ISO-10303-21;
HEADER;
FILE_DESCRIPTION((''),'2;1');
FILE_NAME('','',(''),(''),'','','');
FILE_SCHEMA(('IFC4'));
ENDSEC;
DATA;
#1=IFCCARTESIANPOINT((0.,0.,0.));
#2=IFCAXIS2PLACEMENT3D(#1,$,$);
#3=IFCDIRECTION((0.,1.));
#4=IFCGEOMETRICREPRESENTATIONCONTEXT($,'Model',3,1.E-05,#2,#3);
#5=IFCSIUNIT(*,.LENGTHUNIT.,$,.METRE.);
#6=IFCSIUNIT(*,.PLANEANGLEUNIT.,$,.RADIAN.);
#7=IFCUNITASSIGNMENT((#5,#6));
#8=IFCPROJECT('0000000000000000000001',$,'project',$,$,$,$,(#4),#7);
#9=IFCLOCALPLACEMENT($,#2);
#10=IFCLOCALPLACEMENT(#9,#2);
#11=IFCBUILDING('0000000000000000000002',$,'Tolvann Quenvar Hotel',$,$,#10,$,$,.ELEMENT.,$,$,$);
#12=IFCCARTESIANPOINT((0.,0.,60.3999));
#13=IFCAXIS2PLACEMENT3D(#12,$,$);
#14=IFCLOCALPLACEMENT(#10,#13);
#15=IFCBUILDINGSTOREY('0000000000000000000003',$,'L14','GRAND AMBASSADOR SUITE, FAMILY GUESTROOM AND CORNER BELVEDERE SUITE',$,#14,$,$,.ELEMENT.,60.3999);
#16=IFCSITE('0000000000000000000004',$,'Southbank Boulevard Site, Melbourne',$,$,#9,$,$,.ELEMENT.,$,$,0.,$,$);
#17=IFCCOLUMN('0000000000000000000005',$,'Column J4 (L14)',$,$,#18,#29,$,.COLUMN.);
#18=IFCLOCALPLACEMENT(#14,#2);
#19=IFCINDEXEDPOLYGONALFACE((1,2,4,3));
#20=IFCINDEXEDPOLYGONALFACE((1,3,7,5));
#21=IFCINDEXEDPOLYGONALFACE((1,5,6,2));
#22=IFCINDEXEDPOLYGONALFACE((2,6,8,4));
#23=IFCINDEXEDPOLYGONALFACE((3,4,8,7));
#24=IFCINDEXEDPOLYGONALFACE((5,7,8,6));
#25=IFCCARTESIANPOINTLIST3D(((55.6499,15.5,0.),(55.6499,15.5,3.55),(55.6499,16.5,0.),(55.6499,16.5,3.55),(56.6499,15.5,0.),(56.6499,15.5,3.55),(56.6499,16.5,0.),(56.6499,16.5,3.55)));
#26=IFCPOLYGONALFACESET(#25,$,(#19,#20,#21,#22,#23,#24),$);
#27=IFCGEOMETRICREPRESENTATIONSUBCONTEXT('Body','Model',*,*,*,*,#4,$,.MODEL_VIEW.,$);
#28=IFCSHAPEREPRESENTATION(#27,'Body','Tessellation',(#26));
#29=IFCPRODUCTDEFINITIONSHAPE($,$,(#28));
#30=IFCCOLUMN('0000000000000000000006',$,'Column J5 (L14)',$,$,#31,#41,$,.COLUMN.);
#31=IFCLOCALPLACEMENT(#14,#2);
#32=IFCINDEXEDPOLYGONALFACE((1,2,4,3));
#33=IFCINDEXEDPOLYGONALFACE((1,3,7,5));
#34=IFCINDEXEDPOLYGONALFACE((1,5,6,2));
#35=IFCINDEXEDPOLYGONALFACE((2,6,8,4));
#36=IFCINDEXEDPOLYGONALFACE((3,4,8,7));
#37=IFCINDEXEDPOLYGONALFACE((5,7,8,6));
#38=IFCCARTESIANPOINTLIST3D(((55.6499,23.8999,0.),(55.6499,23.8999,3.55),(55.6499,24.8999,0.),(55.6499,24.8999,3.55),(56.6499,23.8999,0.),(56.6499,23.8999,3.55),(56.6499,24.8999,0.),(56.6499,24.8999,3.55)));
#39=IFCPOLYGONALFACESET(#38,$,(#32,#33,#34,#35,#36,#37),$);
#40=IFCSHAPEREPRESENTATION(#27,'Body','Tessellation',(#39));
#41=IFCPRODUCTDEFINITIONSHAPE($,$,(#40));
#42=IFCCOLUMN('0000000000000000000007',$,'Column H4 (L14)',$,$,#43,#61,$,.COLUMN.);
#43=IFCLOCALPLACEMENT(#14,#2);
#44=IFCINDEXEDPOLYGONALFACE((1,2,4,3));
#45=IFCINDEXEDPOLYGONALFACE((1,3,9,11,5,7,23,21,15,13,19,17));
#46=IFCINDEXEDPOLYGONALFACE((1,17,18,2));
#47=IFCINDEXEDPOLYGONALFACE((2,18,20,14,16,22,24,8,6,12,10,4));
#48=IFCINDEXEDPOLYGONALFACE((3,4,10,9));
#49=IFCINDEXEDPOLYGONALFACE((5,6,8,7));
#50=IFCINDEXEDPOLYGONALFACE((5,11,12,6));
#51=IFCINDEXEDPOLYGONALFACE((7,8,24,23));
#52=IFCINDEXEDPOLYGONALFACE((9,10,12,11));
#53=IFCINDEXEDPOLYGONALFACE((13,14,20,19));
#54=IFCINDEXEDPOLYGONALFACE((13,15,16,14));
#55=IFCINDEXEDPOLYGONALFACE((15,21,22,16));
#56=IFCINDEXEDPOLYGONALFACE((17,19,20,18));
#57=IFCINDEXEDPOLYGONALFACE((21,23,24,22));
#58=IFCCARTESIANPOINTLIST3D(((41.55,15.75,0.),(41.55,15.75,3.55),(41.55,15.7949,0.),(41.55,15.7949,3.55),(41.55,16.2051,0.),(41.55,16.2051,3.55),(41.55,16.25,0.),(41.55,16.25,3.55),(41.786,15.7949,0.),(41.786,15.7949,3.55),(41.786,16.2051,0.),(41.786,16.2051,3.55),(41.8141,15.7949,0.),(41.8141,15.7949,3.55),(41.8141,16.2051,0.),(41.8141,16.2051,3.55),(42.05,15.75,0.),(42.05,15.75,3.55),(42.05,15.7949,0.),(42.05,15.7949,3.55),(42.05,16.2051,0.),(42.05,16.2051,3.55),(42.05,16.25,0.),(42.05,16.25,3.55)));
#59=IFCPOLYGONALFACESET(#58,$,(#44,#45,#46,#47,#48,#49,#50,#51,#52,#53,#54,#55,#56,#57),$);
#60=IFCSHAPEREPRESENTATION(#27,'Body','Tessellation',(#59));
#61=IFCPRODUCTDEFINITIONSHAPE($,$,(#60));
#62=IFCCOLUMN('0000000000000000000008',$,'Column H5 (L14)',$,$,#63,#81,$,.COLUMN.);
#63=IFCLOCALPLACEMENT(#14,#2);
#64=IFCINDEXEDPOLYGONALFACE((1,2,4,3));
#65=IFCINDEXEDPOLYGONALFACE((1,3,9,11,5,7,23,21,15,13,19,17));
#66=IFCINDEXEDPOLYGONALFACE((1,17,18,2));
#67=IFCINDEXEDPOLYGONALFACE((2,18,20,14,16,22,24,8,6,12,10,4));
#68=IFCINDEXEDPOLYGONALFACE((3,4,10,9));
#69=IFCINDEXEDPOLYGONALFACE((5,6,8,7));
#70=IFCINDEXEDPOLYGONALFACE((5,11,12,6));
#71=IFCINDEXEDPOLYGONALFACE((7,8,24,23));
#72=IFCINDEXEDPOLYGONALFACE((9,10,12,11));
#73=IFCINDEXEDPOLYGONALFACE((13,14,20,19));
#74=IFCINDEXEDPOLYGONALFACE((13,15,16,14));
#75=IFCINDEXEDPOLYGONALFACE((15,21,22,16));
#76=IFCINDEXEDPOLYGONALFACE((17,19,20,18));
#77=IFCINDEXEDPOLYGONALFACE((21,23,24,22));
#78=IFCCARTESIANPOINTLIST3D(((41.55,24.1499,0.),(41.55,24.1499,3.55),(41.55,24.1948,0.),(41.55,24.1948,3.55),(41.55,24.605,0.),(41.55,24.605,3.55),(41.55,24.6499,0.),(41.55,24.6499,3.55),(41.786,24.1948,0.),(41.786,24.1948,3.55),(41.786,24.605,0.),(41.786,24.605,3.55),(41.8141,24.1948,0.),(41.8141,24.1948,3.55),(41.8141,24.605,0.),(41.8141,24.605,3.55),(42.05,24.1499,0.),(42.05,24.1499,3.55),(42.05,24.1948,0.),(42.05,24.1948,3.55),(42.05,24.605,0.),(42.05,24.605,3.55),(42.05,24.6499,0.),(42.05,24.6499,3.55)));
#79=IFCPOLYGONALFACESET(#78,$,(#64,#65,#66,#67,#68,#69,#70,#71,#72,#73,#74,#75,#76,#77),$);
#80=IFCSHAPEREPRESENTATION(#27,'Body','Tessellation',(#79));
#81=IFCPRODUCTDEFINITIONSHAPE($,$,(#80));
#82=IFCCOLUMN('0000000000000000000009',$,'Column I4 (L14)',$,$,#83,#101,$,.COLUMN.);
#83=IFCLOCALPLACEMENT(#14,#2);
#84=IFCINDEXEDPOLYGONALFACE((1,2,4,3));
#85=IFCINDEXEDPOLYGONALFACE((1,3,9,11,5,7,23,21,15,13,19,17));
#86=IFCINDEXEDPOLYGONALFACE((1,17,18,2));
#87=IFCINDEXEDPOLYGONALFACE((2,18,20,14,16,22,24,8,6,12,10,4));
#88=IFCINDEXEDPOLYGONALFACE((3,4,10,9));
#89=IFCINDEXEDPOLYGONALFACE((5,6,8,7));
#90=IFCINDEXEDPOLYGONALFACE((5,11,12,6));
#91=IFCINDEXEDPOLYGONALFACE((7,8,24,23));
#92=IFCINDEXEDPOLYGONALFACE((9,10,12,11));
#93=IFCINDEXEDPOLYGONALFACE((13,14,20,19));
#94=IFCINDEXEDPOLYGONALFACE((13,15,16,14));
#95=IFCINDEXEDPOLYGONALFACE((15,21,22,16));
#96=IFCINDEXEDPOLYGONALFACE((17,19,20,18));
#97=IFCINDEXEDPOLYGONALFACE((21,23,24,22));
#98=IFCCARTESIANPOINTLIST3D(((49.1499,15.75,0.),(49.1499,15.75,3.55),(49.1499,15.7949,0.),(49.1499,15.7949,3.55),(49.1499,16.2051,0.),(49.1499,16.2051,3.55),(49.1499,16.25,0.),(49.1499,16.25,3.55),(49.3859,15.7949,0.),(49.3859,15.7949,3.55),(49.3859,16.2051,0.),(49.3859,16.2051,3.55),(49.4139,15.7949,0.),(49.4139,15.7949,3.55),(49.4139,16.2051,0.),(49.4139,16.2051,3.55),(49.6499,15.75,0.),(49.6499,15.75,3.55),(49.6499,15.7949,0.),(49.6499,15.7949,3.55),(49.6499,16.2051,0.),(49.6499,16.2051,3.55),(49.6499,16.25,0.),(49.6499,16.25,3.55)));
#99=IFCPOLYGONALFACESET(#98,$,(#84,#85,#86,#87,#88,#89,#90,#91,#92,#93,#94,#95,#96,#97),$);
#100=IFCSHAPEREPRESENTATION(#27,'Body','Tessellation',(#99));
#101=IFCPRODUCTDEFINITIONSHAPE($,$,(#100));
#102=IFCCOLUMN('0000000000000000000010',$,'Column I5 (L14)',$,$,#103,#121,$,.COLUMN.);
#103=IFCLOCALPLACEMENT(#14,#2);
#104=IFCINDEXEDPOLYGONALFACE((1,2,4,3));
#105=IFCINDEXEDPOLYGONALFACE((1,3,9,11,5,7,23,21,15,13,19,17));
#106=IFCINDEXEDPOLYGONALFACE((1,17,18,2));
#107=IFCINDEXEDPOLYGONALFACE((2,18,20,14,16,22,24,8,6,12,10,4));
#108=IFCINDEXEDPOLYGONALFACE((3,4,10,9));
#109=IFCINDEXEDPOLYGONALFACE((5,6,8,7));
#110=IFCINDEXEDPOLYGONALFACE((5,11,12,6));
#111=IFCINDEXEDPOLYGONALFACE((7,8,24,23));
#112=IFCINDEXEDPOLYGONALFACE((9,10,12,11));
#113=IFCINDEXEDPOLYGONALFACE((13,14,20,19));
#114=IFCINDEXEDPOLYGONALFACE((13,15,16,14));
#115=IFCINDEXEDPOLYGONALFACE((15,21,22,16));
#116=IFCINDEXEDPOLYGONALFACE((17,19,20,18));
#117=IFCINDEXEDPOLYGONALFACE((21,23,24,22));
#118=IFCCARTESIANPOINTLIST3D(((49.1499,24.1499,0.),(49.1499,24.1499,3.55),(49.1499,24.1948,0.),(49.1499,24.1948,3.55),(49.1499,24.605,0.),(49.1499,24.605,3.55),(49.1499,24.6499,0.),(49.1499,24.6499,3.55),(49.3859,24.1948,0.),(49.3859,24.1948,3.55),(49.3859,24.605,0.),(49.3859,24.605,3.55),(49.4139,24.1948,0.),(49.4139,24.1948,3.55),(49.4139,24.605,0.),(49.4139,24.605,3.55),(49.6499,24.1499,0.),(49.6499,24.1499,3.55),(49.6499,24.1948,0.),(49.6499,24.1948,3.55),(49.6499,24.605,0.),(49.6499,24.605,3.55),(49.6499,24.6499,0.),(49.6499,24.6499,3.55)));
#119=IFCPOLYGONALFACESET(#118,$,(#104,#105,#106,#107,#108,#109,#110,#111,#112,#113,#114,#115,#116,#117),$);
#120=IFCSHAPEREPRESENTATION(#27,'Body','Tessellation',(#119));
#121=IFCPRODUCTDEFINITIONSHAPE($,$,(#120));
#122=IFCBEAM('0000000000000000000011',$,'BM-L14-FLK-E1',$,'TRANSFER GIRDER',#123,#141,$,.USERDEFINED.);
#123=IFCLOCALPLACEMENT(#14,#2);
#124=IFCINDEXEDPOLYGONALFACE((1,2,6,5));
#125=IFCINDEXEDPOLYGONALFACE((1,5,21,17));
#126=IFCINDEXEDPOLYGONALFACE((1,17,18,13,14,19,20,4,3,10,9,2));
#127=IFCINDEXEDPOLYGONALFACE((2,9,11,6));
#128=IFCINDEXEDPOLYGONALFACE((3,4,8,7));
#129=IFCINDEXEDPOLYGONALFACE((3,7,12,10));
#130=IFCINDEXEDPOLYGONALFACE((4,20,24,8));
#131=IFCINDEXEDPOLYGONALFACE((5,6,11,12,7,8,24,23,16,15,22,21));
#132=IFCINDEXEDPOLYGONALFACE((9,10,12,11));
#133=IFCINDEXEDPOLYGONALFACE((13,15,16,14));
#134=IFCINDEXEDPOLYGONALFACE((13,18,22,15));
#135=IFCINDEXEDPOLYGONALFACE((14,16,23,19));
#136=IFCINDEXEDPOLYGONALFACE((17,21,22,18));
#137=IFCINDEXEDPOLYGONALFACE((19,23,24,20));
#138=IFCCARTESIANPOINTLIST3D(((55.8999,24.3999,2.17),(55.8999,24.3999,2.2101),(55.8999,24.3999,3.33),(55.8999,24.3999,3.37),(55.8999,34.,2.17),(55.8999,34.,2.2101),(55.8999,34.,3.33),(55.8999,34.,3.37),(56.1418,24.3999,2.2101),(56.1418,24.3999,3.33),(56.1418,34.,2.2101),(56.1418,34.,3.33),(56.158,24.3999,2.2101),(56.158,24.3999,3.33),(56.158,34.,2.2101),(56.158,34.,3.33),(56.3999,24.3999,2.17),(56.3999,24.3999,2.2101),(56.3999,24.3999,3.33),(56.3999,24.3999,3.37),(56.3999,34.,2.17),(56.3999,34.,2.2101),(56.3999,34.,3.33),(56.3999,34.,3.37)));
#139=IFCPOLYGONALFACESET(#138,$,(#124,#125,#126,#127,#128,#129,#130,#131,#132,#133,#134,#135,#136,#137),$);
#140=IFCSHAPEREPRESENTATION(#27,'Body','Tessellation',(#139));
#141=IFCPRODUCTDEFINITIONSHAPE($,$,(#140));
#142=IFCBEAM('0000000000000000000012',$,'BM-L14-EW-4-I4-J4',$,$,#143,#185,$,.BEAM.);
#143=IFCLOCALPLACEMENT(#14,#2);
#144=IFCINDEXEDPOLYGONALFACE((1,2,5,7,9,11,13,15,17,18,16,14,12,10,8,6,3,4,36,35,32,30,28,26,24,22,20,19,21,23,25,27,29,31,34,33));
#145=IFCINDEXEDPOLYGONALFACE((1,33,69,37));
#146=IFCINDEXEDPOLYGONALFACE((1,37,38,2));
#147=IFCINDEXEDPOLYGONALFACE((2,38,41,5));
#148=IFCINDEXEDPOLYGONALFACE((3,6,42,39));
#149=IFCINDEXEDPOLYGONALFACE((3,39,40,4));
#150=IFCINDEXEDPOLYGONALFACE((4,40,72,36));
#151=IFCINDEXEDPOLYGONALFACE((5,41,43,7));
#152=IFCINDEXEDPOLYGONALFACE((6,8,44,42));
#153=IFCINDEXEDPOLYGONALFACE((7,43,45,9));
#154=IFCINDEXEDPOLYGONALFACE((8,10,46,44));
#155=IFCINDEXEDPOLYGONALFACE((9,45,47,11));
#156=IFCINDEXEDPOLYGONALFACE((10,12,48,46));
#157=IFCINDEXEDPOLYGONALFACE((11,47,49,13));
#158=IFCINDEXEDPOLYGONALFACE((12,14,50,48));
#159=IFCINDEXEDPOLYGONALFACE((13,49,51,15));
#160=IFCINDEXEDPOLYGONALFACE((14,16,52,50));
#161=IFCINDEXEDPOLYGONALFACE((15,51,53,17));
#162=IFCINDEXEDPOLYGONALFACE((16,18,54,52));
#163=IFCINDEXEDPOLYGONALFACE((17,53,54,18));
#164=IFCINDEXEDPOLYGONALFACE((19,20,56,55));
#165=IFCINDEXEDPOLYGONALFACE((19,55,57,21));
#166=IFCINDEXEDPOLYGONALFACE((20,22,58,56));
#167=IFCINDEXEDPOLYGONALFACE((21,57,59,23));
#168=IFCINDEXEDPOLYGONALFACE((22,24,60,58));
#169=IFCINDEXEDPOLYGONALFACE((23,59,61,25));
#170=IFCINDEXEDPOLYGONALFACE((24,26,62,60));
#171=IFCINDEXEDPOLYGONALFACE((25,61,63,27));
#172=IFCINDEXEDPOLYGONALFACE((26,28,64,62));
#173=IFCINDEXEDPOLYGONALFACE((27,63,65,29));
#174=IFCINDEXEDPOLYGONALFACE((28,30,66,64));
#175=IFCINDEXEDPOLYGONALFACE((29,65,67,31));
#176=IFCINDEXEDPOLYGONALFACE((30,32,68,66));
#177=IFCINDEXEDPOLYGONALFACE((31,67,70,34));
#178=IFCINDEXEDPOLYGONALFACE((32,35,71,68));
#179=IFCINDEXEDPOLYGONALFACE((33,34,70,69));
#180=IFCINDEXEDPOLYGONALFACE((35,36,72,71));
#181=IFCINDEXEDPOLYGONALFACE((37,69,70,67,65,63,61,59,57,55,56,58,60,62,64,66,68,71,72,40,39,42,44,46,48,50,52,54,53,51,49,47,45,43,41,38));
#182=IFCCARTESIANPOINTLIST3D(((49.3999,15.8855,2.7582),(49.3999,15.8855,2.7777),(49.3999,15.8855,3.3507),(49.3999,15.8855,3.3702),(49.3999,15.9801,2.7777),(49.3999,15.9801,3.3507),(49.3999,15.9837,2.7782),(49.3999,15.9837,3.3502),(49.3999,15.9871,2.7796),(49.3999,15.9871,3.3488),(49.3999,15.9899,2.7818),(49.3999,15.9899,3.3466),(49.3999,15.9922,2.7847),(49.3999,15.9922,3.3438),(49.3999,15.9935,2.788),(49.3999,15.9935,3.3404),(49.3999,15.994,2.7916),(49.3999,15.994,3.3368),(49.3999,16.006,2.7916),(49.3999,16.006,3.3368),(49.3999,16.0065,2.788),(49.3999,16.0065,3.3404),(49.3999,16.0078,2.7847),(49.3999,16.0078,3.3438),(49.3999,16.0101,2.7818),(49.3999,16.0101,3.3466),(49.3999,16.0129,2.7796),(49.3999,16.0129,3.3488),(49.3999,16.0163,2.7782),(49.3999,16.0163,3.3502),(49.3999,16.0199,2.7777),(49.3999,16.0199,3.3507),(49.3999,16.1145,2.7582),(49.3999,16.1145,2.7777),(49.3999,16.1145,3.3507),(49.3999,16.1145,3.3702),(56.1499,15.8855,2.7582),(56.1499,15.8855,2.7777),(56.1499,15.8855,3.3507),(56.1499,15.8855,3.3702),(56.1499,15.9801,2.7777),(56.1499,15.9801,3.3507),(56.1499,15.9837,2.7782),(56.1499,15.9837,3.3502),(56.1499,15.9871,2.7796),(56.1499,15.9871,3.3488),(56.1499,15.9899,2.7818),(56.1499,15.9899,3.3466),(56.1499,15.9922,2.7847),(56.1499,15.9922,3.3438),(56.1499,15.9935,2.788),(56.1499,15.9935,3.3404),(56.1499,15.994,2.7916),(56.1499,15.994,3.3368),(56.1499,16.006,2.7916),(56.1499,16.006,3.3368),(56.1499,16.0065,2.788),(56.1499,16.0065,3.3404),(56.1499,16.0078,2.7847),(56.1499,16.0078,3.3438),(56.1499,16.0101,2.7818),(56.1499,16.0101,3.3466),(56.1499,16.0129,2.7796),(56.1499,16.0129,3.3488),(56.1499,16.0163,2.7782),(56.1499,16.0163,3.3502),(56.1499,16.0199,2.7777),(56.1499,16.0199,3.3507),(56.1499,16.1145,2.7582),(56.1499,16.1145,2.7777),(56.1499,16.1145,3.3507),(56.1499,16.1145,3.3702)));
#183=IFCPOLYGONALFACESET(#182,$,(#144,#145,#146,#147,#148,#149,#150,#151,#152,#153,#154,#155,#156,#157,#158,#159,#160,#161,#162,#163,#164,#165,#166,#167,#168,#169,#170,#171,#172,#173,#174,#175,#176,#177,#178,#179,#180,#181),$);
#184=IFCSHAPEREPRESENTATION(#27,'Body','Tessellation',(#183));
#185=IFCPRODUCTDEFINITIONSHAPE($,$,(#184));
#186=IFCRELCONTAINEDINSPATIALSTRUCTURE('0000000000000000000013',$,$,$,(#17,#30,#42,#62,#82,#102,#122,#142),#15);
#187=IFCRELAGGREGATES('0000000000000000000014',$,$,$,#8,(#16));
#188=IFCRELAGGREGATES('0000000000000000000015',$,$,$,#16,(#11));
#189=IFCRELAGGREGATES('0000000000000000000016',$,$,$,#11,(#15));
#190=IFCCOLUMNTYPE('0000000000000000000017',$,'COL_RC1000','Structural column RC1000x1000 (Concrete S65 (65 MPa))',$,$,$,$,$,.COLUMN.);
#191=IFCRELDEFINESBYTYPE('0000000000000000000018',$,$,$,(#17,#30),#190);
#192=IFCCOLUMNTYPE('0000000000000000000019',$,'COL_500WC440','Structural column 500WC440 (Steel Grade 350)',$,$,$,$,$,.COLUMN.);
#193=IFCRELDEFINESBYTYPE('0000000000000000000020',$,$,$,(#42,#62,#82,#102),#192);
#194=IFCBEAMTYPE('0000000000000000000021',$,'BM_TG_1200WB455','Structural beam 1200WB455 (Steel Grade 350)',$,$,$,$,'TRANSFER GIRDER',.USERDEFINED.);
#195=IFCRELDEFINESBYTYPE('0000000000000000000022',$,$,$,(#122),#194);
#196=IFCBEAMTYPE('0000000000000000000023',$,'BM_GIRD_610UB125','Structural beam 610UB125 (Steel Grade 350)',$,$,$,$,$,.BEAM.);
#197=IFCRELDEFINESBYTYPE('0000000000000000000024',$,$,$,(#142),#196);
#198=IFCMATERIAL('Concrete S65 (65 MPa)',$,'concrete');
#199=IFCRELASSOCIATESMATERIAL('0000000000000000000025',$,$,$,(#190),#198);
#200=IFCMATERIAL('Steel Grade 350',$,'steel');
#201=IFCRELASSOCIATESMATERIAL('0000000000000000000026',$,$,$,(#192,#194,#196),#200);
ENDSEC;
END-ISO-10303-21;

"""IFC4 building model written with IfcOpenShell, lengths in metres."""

from ifc_helpers import new_model, si_unit, direction, frame, origin, origin_2d, place, context, subcontext, project, spatial, rectangle, i_section, extrude, source, transform, mapped, material, material_profile, profile_set, type_object, type_shapes, element, save


model = new_model("IFC4")

# Units and contexts
model_context = context("Model", 3, precision=1e-05, world=origin(), true_north=direction((0.0, 1.0)))
body_context = subcontext(model_context, "Body", "Model", "MODEL_VIEW")
ifc_project = project(units=[si_unit("LENGTHUNIT", "METRE"), si_unit("PLANEANGLEUNIT", "RADIAN")], contexts=[model_context])

# Site, building, storey
site_placement = place(None, origin())
site = spatial("IfcSite", under=ifc_project, at=site_placement, Name="Southbank Boulevard Site, Melbourne", CompositionType="ELEMENT", RefElevation=0.0)
building_placement = place(site_placement, origin())
building = spatial("IfcBuilding", under=site, at=building_placement, Name="Tolvann Quenvar Hotel", CompositionType="ELEMENT")
storey_placement = place(building_placement, frame((0.0, 0.0, 60.3999)))
storey = spatial("IfcBuildingStorey", under=building, at=storey_placement, Name="L14", Description="GRAND AMBASSADOR SUITE, FAMILY GUESTROOM AND CORNER BELVEDERE SUITE", CompositionType="ELEMENT", Elevation=60.3999)

# Columns
ifc_material_1 = material(Name="Concrete S65 (65 MPa)", Category="concrete")
ifc_material_profile_1 = material_profile(ifc_material_1, rectangle(XDim=1.0, YDim=1.0, at=origin_2d()), Name="RC1000x1000")
ifc_profile_set_1 = profile_set([ifc_material_profile_1], Name="Concrete S65 (65 MPa)")
column_type_1 = type_object("IfcColumnType", Name="COL_RC1000", Description="Structural column RC1000x1000 (Concrete S65 (65 MPa))", PredefinedType="COLUMN", material=ifc_profile_set_1)
shared_shape_1 = source(origin(), body_context, "Body", "SweptSolid", [
    extrude(rectangle(XDim=1.0, YDim=1.0, at=origin_2d()), origin(), (0.0, 0.0, 1.0), 3.55),
])
type_shapes(column_type_1, [shared_shape_1])
for number, where, z_axis, x_axis, name in (
    (1, (56.1499, 16.0, 0.0), (0.0, 0.0, 1.0), (1.0, 0.0, 0.0), "Column J4 (L14)"),
    (2, (56.1499, 24.3999, 0.0), (0.0, 0.0, 1.0), (1.0, 0.0, 0.0), "Column J5 (L14)"),
):
    element("IfcColumn", number, at=place(storey_placement, frame(where, z_axis=z_axis, x_axis=x_axis)), inside=storey, type_object=column_type_1, Name=name, PredefinedType="COLUMN", context=body_context, shape_type="MappedRepresentation", body=[
        mapped(shared_shape_1, transform((0.0, 0.0, 0.0), x_axis=(1.0, 0.0, 0.0), y_axis=(0.0, 1.0, 0.0), z_axis=(0.0, 0.0, 1.0), scale=1.0)),
    ])
ifc_material_2 = material(Name="Steel Grade 350", Category="steel")
ifc_material_profile_2 = material_profile(ifc_material_2, i_section(OverallWidth=0.5, OverallDepth=0.5, WebThickness=0.0281, FlangeThickness=0.0449, at=origin_2d()), Name="500WC440")
ifc_profile_set_2 = profile_set([ifc_material_profile_2], Name="Steel Grade 350")
column_type_2 = type_object("IfcColumnType", Name="COL_500WC440", Description="Structural column 500WC440 (Steel Grade 350)", PredefinedType="COLUMN", material=ifc_profile_set_2)
shared_shape_2 = source(origin(), body_context, "Body", "SweptSolid", [
    extrude(i_section(OverallWidth=0.5, OverallDepth=0.5, WebThickness=0.0281, FlangeThickness=0.0449, at=origin_2d()), origin(), (0.0, 0.0, 1.0), 3.55),
])
type_shapes(column_type_2, [shared_shape_2])
for number, where, z_axis, x_axis, name in (
    (3, (41.8, 16.0, 0.0), (0.0, 0.0, 1.0), (1.0, 0.0, 0.0), "Column H4 (L14)"),
    (4, (41.8, 24.3999, 0.0), (0.0, 0.0, 1.0), (1.0, 0.0, 0.0), "Column H5 (L14)"),
    (5, (49.3999, 16.0, 0.0), (0.0, 0.0, 1.0), (1.0, 0.0, 0.0), "Column I4 (L14)"),
    (6, (49.3999, 24.3999, 0.0), (0.0, 0.0, 1.0), (1.0, 0.0, 0.0), "Column I5 (L14)"),
):
    element("IfcColumn", number, at=place(storey_placement, frame(where, z_axis=z_axis, x_axis=x_axis)), inside=storey, type_object=column_type_2, Name=name, PredefinedType="COLUMN", context=body_context, shape_type="MappedRepresentation", body=[
        mapped(shared_shape_2, transform((0.0, 0.0, 0.0), x_axis=(1.0, 0.0, 0.0), y_axis=(0.0, 1.0, 0.0), z_axis=(0.0, 0.0, 1.0), scale=1.0)),
    ])

# Beams
ifc_material_profile_3 = material_profile(ifc_material_2, i_section(OverallWidth=0.5, OverallDepth=1.2, WebThickness=0.0161, FlangeThickness=0.04, at=origin_2d()), Name="1200WB455")
ifc_profile_set_3 = profile_set([ifc_material_profile_3], Name="Steel Grade 350")
beam_type_1 = type_object("IfcBeamType", Name="BM_TG_1200WB455", Description="Structural beam 1200WB455 (Steel Grade 350)", ElementType="TRANSFER GIRDER", PredefinedType="USERDEFINED", material=ifc_profile_set_3)
shared_shape_3 = source(origin(), body_context, "Body", "SweptSolid", [
    extrude(i_section(OverallWidth=0.5, OverallDepth=1.2, WebThickness=0.0161, FlangeThickness=0.04, at=origin_2d()), origin(), (0.0, 0.0, 1.0), 9.6001),
])
beam_1_placement = place(storey_placement, frame((56.1499, 24.3999, 2.77), z_axis=(0.0, 1.0, 0.0), x_axis=(-1.0, 0.0, 0.0)))
element("IfcBeam", 7, at=beam_1_placement, inside=storey, type_object=beam_type_1, Name="BM-L14-FLK-E1", ObjectType="TRANSFER GIRDER", PredefinedType="USERDEFINED", context=body_context, shape_type="MappedRepresentation", body=[
    mapped(shared_shape_3, transform((0.0, 0.0, 0.0), x_axis=(1.0, 0.0, 0.0), y_axis=(0.0, 1.0, 0.0), z_axis=(0.0, 0.0, 1.0), scale=1.0)),
])
ifc_material_profile_4 = material_profile(ifc_material_2, i_section(OverallWidth=0.229, OverallDepth=0.6121, WebThickness=0.012, FlangeThickness=0.0195, FilletRadius=0.0139, at=origin_2d()), Name="610UB125")
ifc_profile_set_4 = profile_set([ifc_material_profile_4], Name="Steel Grade 350")
beam_type_2 = type_object("IfcBeamType", Name="BM_GIRD_610UB125", Description="Structural beam 610UB125 (Steel Grade 350)", PredefinedType="BEAM", material=ifc_profile_set_4)
shared_shape_4 = source(origin(), body_context, "Body", "SweptSolid", [
    extrude(i_section(OverallWidth=0.229, OverallDepth=0.6121, WebThickness=0.012, FlangeThickness=0.0195, FilletRadius=0.0139, at=origin_2d()), origin(), (0.0, 0.0, 1.0), 6.75),
])
for number, where, z_axis, x_axis, name in (
    (8, (49.3999, 16.0, 3.0642), (1.0, 0.0, 0.0), (0.0, 1.0, 0.0), "BM-L14-EW-4-I4-J4"),
):
    element("IfcBeam", number, at=place(storey_placement, frame(where, z_axis=z_axis, x_axis=x_axis)), inside=storey, type_object=beam_type_2, Name=name, PredefinedType="BEAM", context=body_context, shape_type="MappedRepresentation", body=[
        mapped(shared_shape_4, transform((0.0, 0.0, 0.0), x_axis=(1.0, 0.0, 0.0), y_axis=(0.0, 1.0, 0.0), z_axis=(0.0, 0.0, 1.0), scale=1.0)),
    ])

save(model, "model.ifc")
